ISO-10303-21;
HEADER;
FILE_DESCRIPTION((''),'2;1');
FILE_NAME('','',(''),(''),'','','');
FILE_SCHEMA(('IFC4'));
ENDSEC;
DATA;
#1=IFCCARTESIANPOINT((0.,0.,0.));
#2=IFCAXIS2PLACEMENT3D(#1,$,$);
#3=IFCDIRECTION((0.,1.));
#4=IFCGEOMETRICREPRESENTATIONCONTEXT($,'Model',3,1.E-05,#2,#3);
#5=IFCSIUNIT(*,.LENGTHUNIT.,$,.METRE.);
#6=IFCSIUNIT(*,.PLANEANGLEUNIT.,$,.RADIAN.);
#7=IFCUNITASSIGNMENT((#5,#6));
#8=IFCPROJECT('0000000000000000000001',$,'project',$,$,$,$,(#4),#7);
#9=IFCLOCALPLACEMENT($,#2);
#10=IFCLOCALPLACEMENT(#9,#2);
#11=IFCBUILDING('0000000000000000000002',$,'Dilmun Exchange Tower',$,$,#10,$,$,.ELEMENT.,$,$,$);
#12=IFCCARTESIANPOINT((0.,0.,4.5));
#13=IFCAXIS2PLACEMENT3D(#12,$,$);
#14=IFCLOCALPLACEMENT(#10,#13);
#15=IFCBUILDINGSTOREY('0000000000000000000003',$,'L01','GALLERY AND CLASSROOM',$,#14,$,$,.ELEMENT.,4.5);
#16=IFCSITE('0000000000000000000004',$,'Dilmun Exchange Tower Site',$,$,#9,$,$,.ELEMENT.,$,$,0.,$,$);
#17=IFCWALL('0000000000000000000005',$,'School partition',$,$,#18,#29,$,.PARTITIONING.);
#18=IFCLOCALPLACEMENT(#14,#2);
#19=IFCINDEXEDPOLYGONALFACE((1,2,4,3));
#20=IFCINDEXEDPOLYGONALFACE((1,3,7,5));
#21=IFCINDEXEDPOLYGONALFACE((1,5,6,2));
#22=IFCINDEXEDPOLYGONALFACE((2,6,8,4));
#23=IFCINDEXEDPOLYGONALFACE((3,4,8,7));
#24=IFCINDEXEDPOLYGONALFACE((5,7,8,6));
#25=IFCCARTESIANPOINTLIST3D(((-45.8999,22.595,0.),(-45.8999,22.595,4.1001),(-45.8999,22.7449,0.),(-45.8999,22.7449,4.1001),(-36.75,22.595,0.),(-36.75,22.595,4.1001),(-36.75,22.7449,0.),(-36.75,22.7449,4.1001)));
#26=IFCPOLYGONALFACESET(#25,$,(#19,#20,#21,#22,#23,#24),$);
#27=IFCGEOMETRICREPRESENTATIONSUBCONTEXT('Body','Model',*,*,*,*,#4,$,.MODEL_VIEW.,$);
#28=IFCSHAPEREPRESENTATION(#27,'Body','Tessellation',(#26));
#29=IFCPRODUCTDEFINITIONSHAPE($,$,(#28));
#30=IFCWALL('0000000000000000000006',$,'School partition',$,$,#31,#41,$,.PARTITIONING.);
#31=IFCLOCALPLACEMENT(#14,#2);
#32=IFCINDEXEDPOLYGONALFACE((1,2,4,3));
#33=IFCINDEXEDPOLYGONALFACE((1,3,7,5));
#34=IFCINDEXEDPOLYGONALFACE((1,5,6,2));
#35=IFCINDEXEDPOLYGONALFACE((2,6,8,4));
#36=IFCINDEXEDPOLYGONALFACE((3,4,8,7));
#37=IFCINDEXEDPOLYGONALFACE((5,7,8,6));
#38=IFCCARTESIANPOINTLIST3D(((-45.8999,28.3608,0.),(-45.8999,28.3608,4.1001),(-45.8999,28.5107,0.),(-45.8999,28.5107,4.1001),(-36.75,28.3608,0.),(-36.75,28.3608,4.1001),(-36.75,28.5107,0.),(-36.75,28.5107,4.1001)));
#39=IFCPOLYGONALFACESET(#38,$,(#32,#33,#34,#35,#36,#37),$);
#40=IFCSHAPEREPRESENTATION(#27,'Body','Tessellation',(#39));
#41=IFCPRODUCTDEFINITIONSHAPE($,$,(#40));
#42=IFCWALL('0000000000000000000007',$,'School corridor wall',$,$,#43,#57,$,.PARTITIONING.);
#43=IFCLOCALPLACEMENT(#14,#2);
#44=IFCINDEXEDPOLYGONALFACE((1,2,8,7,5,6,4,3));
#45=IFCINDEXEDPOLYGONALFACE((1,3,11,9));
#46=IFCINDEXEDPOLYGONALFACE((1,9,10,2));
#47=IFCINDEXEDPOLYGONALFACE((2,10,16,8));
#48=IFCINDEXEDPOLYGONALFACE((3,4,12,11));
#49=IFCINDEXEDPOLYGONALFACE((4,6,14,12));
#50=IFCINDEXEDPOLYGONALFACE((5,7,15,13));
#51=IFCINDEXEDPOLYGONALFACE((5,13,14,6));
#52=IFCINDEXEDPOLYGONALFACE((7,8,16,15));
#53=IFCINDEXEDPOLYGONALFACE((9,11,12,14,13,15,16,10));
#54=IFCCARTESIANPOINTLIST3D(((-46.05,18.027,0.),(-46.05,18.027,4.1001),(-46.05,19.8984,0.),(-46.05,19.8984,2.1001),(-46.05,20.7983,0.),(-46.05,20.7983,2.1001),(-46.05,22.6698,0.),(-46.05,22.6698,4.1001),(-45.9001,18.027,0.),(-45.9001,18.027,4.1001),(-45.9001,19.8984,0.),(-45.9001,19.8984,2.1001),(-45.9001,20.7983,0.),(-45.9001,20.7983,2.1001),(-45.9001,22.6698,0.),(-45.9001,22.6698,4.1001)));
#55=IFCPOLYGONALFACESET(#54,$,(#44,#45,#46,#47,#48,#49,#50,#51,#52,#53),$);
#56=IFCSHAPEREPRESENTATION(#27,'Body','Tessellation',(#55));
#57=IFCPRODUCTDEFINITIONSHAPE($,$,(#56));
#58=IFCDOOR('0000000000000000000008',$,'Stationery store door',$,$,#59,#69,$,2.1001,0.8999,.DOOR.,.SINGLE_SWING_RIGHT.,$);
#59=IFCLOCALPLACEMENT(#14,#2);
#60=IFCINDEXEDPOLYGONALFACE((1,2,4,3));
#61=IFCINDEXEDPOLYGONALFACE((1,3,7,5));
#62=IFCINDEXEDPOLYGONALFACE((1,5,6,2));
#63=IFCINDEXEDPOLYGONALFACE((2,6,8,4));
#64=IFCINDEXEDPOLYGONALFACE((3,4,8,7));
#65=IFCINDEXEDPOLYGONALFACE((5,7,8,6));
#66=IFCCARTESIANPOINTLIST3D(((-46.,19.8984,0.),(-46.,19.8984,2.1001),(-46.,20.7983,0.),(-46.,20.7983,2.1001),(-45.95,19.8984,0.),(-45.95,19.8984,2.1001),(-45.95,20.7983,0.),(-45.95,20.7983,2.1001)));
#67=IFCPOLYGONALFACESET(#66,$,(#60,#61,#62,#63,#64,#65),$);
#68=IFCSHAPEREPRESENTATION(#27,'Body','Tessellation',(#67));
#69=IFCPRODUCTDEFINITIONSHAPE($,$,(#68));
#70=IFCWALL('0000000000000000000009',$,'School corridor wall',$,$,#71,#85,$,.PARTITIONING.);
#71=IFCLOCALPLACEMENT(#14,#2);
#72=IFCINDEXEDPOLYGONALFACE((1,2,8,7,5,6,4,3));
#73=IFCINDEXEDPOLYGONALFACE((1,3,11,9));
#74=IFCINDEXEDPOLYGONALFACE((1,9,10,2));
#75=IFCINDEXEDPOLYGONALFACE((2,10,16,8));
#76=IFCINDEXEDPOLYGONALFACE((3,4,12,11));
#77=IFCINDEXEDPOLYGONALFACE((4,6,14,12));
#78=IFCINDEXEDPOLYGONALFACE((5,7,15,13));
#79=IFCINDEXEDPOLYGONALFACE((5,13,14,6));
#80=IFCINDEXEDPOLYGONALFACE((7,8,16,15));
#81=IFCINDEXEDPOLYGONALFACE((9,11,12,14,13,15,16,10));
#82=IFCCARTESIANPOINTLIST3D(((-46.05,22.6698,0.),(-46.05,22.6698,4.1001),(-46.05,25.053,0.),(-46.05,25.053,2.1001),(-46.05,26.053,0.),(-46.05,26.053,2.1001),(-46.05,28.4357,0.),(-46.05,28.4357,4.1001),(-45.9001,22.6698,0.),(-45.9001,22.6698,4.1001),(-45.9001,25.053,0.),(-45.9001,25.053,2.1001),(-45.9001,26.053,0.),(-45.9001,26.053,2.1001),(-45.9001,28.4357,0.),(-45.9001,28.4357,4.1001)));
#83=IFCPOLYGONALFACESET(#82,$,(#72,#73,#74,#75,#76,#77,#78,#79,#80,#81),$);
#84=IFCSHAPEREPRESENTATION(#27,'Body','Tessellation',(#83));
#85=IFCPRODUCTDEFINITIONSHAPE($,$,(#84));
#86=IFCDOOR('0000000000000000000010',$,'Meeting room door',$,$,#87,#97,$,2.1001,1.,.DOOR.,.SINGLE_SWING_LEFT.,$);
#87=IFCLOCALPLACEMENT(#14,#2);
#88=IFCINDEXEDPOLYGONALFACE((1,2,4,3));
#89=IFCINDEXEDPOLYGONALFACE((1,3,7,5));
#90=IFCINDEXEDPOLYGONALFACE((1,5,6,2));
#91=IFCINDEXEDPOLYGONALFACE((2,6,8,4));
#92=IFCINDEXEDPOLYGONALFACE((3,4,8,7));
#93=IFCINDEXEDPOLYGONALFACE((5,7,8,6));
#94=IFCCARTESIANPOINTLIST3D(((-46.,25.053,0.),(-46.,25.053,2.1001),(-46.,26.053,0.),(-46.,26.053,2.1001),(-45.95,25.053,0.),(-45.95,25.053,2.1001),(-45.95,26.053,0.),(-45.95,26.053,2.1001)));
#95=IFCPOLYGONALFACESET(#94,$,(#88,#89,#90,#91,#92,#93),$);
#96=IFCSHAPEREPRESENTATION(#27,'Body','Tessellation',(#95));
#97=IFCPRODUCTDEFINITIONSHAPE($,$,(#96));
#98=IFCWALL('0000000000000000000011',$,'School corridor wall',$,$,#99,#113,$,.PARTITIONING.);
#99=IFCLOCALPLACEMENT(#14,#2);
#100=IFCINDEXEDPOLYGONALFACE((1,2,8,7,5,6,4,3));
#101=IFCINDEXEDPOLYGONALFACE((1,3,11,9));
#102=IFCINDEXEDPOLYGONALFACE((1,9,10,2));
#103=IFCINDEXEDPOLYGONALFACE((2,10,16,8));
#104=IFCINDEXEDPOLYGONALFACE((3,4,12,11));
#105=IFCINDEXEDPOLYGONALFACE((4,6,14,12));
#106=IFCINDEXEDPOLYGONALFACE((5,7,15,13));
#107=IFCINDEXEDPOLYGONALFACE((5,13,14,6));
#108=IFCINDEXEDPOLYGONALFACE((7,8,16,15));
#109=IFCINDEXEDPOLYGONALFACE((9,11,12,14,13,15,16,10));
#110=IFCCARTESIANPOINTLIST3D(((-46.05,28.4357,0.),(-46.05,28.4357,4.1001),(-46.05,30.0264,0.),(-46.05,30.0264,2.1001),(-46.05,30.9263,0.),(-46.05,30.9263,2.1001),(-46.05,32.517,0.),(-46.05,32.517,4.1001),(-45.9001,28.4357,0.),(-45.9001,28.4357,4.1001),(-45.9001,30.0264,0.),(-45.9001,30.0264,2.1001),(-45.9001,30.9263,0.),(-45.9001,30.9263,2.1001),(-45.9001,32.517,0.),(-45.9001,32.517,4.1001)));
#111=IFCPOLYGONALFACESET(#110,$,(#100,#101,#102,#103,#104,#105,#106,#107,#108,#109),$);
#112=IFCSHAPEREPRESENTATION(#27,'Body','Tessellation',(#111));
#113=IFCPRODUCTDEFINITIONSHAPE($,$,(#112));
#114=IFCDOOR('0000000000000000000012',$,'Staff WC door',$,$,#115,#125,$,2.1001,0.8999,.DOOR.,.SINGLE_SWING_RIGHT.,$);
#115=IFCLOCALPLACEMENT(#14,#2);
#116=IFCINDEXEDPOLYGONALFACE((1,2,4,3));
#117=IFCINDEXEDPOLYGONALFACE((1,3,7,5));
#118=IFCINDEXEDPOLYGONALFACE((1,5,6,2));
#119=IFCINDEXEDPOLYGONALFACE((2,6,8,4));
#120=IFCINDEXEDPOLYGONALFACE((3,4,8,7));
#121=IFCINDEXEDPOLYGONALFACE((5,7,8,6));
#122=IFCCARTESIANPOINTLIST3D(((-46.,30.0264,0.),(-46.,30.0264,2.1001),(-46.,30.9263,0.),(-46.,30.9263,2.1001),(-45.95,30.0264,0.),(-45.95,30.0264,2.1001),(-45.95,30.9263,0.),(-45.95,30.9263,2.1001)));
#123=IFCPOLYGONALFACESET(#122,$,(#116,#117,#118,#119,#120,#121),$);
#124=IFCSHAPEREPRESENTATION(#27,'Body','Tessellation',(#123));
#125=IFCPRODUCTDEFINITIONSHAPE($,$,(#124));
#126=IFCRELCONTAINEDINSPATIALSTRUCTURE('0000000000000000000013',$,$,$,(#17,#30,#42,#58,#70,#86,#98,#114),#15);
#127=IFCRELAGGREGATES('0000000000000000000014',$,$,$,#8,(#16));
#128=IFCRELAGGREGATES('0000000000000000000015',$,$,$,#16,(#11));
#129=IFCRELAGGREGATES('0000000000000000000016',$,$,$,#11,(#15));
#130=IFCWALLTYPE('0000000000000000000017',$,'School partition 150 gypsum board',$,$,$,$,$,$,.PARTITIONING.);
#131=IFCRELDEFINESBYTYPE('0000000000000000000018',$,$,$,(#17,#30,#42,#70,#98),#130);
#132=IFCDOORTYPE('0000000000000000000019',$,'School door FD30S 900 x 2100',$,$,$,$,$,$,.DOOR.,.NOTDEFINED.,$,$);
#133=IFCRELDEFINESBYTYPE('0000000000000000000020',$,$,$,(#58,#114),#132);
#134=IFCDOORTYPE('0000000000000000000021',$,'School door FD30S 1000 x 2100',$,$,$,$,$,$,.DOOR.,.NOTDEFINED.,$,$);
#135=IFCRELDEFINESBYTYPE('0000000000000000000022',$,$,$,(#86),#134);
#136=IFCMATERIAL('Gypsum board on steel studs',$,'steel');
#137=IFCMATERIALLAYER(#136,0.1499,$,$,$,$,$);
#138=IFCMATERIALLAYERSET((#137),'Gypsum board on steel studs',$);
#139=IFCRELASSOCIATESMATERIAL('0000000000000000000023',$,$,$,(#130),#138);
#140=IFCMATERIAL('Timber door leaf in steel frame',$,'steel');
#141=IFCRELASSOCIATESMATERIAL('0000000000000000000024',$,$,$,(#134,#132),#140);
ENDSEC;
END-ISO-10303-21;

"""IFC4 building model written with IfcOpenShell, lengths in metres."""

from ifc_helpers import new_model, si_unit, direction, frame, frame_2d, origin, place, context, subcontext, project, spatial, rectangle, extrude, material, layer, layer_set, type_object, element, fill, save


model = new_model("IFC4")

# Units and contexts
model_context = context("Model", 3, precision=1e-05, world=origin(), true_north=direction((0.0, 1.0)))
body_context = subcontext(model_context, "Body", "Model", "MODEL_VIEW")
ifc_project = project(units=[si_unit("LENGTHUNIT", "METRE"), si_unit("PLANEANGLEUNIT", "RADIAN")], contexts=[model_context])

# Site, building, storey
site_placement = place(None, origin())
site = spatial("IfcSite", under=ifc_project, at=site_placement, Name="Dilmun Exchange Tower Site", CompositionType="ELEMENT", RefElevation=0.0)
building_placement = place(site_placement, origin())
building = spatial("IfcBuilding", under=site, at=building_placement, Name="Dilmun Exchange Tower", CompositionType="ELEMENT")
storey_placement = place(building_placement, frame((0.0, 0.0, 4.5)))
storey = spatial("IfcBuildingStorey", under=building, at=storey_placement, Name="L01", Description="GALLERY AND CLASSROOM", CompositionType="ELEMENT", Elevation=4.5)

# Shared definitions
ifc_material_1 = material(Name="Gypsum board on steel studs", Category="steel")
ifc_layer_1 = layer(ifc_material_1, 0.1499)
ifc_layer_set_1 = layer_set([ifc_layer_1], Name="Gypsum board on steel studs")
wall_type_1 = type_object("IfcWallType", Name="School partition 150 gypsum board", PredefinedType="PARTITIONING", material=ifc_layer_set_1)

# Shared definitions
ifc_material_2 = material(Name="Timber door leaf in steel frame", Category="steel")
door_type_1 = type_object("IfcDoorType", Name="School door FD30S 1000 x 2100", OperationType="NOTDEFINED", PredefinedType="DOOR", material=ifc_material_2)

# Walls
for number, where, z_axis, x_axis, name in (
    (1, (-45.8999, 22.6699, 0.0), (0.0, 0.0, 1.0), (1.0, 0.0, 0.0), "School partition"),
    (2, (-45.8999, 28.4358, 0.0), (0.0, 0.0, 1.0), (1.0, 0.0, 0.0), "School partition"),
):
    element("IfcWall", number, at=place(storey_placement, frame(where, z_axis=z_axis, x_axis=x_axis)), inside=storey, type_object=wall_type_1, Name=name, PredefinedType="PARTITIONING", context=body_context, shape_type="SweptSolid", body=[
        extrude(rectangle(XDim=9.1499, YDim=0.1499, at=frame_2d((4.575, 0.0))), origin(), (0.0, 0.0, 1.0), 4.1001),
    ])

# Walls, openings, doors
wall_1_placement = place(storey_placement, frame((-45.9751, 18.0271, 0.0), z_axis=(0.0, 0.0, 1.0), x_axis=(0.0, 1.0, 0.0)))
wall_1 = element("IfcWall", 3, at=wall_1_placement, inside=storey, type_object=wall_type_1, Name="School corridor wall", PredefinedType="PARTITIONING", context=body_context, shape_type="SweptSolid", body=[
    extrude(rectangle(XDim=4.6428, YDim=0.1499, at=frame_2d((2.3213, 0.0))), origin(), (0.0, 0.0, 1.0), 4.1001),
])
opening_1_placement = place(wall_1_placement, frame((1.8713, 0.0, 0.0)))
opening_1 = element("IfcOpeningElement", 4, at=opening_1_placement, cuts=wall_1, PredefinedType="OPENING", context=body_context, shape_type="SweptSolid", body=[
    extrude(rectangle(XDim=0.8999, YDim=2.1001, at=frame_2d((0.45, 1.05))), frame((0.0, 0.085, 0.0), z_axis=(0.0, -1.0, 0.0), x_axis=(1.0, 0.0, 0.0)), (0.0, 0.0, 1.0), 0.1699),
])
door_type_2 = type_object("IfcDoorType", Name="School door FD30S 900 x 2100", OperationType="NOTDEFINED", PredefinedType="DOOR", material=ifc_material_2)
door_1_placement = place(opening_1_placement, origin())
door_1 = element("IfcDoor", 5, at=door_1_placement, inside=storey, type_object=door_type_2, Name="Stationery store door", OperationType="SINGLE_SWING_RIGHT", OverallHeight=2.1001, OverallWidth=0.8999, PredefinedType="DOOR", context=body_context, shape_type="SweptSolid", body=[
    extrude(rectangle(XDim=0.8999, YDim=2.1001, at=frame_2d((0.45, 1.05))), frame((0.0, 0.0249, 0.0), z_axis=(0.0, -1.0, 0.0), x_axis=(1.0, 0.0, 0.0)), (0.0, 0.0, 1.0), 0.05),
])
fill(opening_1, door_1)
wall_2_placement = place(storey_placement, frame((-45.9751, 22.6699, 0.0), z_axis=(0.0, 0.0, 1.0), x_axis=(0.0, 1.0, 0.0)))
wall_2 = element("IfcWall", 6, at=wall_2_placement, inside=storey, type_object=wall_type_1, Name="School corridor wall", PredefinedType="PARTITIONING", context=body_context, shape_type="SweptSolid", body=[
    extrude(rectangle(XDim=5.7659, YDim=0.1499, at=frame_2d((2.8828, 0.0))), origin(), (0.0, 0.0, 1.0), 4.1001),
])
opening_2_placement = place(wall_2_placement, frame((2.3831, 0.0, 0.0)))
opening_2 = element("IfcOpeningElement", 7, at=opening_2_placement, cuts=wall_2, PredefinedType="OPENING", context=body_context, shape_type="SweptSolid", body=[
    extrude(rectangle(XDim=1.0, YDim=2.1001, at=frame_2d((0.5, 1.05))), frame((0.0, 0.085, 0.0), z_axis=(0.0, -1.0, 0.0), x_axis=(1.0, 0.0, 0.0)), (0.0, 0.0, 1.0), 0.1699),
])
door_2_placement = place(opening_2_placement, origin())
door_2 = element("IfcDoor", 8, at=door_2_placement, inside=storey, type_object=door_type_1, Name="Meeting room door", OperationType="SINGLE_SWING_LEFT", OverallHeight=2.1001, OverallWidth=1.0, PredefinedType="DOOR", context=body_context, shape_type="SweptSolid", body=[
    extrude(rectangle(XDim=1.0, YDim=2.1001, at=frame_2d((0.5, 1.05))), frame((0.0, 0.0249, 0.0), z_axis=(0.0, -1.0, 0.0), x_axis=(1.0, 0.0, 0.0)), (0.0, 0.0, 1.0), 0.05),
])
fill(opening_2, door_2)
wall_3_placement = place(storey_placement, frame((-45.9751, 28.4358, 0.0), z_axis=(0.0, 0.0, 1.0), x_axis=(0.0, 1.0, 0.0)))
wall_3 = element("IfcWall", 9, at=wall_3_placement, inside=storey, type_object=wall_type_1, Name="School corridor wall", PredefinedType="PARTITIONING", context=body_context, shape_type="SweptSolid", body=[
    extrude(rectangle(XDim=4.0813, YDim=0.1499, at=frame_2d((2.0405, 0.0))), origin(), (0.0, 0.0, 1.0), 4.1001),
])
opening_3_placement = place(wall_3_placement, frame((1.5906, 0.0, 0.0)))
opening_3 = element("IfcOpeningElement", 10, at=opening_3_placement, cuts=wall_3, PredefinedType="OPENING", context=body_context, shape_type="SweptSolid", body=[
    extrude(rectangle(XDim=0.8999, YDim=2.1001, at=frame_2d((0.45, 1.05))), frame((0.0, 0.085, 0.0), z_axis=(0.0, -1.0, 0.0), x_axis=(1.0, 0.0, 0.0)), (0.0, 0.0, 1.0), 0.1699),
])
door_3_placement = place(opening_3_placement, origin())
door_3 = element("IfcDoor", 11, at=door_3_placement, inside=storey, type_object=door_type_2, Name="Staff WC door", OperationType="SINGLE_SWING_RIGHT", OverallHeight=2.1001, OverallWidth=0.8999, PredefinedType="DOOR", context=body_context, shape_type="SweptSolid", body=[
    extrude(rectangle(XDim=0.8999, YDim=2.1001, at=frame_2d((0.45, 1.05))), frame((0.0, 0.0249, 0.0), z_axis=(0.0, -1.0, 0.0), x_axis=(1.0, 0.0, 0.0)), (0.0, 0.0, 1.0), 0.05),
])
fill(opening_3, door_3)

save(model, "model.ifc")
